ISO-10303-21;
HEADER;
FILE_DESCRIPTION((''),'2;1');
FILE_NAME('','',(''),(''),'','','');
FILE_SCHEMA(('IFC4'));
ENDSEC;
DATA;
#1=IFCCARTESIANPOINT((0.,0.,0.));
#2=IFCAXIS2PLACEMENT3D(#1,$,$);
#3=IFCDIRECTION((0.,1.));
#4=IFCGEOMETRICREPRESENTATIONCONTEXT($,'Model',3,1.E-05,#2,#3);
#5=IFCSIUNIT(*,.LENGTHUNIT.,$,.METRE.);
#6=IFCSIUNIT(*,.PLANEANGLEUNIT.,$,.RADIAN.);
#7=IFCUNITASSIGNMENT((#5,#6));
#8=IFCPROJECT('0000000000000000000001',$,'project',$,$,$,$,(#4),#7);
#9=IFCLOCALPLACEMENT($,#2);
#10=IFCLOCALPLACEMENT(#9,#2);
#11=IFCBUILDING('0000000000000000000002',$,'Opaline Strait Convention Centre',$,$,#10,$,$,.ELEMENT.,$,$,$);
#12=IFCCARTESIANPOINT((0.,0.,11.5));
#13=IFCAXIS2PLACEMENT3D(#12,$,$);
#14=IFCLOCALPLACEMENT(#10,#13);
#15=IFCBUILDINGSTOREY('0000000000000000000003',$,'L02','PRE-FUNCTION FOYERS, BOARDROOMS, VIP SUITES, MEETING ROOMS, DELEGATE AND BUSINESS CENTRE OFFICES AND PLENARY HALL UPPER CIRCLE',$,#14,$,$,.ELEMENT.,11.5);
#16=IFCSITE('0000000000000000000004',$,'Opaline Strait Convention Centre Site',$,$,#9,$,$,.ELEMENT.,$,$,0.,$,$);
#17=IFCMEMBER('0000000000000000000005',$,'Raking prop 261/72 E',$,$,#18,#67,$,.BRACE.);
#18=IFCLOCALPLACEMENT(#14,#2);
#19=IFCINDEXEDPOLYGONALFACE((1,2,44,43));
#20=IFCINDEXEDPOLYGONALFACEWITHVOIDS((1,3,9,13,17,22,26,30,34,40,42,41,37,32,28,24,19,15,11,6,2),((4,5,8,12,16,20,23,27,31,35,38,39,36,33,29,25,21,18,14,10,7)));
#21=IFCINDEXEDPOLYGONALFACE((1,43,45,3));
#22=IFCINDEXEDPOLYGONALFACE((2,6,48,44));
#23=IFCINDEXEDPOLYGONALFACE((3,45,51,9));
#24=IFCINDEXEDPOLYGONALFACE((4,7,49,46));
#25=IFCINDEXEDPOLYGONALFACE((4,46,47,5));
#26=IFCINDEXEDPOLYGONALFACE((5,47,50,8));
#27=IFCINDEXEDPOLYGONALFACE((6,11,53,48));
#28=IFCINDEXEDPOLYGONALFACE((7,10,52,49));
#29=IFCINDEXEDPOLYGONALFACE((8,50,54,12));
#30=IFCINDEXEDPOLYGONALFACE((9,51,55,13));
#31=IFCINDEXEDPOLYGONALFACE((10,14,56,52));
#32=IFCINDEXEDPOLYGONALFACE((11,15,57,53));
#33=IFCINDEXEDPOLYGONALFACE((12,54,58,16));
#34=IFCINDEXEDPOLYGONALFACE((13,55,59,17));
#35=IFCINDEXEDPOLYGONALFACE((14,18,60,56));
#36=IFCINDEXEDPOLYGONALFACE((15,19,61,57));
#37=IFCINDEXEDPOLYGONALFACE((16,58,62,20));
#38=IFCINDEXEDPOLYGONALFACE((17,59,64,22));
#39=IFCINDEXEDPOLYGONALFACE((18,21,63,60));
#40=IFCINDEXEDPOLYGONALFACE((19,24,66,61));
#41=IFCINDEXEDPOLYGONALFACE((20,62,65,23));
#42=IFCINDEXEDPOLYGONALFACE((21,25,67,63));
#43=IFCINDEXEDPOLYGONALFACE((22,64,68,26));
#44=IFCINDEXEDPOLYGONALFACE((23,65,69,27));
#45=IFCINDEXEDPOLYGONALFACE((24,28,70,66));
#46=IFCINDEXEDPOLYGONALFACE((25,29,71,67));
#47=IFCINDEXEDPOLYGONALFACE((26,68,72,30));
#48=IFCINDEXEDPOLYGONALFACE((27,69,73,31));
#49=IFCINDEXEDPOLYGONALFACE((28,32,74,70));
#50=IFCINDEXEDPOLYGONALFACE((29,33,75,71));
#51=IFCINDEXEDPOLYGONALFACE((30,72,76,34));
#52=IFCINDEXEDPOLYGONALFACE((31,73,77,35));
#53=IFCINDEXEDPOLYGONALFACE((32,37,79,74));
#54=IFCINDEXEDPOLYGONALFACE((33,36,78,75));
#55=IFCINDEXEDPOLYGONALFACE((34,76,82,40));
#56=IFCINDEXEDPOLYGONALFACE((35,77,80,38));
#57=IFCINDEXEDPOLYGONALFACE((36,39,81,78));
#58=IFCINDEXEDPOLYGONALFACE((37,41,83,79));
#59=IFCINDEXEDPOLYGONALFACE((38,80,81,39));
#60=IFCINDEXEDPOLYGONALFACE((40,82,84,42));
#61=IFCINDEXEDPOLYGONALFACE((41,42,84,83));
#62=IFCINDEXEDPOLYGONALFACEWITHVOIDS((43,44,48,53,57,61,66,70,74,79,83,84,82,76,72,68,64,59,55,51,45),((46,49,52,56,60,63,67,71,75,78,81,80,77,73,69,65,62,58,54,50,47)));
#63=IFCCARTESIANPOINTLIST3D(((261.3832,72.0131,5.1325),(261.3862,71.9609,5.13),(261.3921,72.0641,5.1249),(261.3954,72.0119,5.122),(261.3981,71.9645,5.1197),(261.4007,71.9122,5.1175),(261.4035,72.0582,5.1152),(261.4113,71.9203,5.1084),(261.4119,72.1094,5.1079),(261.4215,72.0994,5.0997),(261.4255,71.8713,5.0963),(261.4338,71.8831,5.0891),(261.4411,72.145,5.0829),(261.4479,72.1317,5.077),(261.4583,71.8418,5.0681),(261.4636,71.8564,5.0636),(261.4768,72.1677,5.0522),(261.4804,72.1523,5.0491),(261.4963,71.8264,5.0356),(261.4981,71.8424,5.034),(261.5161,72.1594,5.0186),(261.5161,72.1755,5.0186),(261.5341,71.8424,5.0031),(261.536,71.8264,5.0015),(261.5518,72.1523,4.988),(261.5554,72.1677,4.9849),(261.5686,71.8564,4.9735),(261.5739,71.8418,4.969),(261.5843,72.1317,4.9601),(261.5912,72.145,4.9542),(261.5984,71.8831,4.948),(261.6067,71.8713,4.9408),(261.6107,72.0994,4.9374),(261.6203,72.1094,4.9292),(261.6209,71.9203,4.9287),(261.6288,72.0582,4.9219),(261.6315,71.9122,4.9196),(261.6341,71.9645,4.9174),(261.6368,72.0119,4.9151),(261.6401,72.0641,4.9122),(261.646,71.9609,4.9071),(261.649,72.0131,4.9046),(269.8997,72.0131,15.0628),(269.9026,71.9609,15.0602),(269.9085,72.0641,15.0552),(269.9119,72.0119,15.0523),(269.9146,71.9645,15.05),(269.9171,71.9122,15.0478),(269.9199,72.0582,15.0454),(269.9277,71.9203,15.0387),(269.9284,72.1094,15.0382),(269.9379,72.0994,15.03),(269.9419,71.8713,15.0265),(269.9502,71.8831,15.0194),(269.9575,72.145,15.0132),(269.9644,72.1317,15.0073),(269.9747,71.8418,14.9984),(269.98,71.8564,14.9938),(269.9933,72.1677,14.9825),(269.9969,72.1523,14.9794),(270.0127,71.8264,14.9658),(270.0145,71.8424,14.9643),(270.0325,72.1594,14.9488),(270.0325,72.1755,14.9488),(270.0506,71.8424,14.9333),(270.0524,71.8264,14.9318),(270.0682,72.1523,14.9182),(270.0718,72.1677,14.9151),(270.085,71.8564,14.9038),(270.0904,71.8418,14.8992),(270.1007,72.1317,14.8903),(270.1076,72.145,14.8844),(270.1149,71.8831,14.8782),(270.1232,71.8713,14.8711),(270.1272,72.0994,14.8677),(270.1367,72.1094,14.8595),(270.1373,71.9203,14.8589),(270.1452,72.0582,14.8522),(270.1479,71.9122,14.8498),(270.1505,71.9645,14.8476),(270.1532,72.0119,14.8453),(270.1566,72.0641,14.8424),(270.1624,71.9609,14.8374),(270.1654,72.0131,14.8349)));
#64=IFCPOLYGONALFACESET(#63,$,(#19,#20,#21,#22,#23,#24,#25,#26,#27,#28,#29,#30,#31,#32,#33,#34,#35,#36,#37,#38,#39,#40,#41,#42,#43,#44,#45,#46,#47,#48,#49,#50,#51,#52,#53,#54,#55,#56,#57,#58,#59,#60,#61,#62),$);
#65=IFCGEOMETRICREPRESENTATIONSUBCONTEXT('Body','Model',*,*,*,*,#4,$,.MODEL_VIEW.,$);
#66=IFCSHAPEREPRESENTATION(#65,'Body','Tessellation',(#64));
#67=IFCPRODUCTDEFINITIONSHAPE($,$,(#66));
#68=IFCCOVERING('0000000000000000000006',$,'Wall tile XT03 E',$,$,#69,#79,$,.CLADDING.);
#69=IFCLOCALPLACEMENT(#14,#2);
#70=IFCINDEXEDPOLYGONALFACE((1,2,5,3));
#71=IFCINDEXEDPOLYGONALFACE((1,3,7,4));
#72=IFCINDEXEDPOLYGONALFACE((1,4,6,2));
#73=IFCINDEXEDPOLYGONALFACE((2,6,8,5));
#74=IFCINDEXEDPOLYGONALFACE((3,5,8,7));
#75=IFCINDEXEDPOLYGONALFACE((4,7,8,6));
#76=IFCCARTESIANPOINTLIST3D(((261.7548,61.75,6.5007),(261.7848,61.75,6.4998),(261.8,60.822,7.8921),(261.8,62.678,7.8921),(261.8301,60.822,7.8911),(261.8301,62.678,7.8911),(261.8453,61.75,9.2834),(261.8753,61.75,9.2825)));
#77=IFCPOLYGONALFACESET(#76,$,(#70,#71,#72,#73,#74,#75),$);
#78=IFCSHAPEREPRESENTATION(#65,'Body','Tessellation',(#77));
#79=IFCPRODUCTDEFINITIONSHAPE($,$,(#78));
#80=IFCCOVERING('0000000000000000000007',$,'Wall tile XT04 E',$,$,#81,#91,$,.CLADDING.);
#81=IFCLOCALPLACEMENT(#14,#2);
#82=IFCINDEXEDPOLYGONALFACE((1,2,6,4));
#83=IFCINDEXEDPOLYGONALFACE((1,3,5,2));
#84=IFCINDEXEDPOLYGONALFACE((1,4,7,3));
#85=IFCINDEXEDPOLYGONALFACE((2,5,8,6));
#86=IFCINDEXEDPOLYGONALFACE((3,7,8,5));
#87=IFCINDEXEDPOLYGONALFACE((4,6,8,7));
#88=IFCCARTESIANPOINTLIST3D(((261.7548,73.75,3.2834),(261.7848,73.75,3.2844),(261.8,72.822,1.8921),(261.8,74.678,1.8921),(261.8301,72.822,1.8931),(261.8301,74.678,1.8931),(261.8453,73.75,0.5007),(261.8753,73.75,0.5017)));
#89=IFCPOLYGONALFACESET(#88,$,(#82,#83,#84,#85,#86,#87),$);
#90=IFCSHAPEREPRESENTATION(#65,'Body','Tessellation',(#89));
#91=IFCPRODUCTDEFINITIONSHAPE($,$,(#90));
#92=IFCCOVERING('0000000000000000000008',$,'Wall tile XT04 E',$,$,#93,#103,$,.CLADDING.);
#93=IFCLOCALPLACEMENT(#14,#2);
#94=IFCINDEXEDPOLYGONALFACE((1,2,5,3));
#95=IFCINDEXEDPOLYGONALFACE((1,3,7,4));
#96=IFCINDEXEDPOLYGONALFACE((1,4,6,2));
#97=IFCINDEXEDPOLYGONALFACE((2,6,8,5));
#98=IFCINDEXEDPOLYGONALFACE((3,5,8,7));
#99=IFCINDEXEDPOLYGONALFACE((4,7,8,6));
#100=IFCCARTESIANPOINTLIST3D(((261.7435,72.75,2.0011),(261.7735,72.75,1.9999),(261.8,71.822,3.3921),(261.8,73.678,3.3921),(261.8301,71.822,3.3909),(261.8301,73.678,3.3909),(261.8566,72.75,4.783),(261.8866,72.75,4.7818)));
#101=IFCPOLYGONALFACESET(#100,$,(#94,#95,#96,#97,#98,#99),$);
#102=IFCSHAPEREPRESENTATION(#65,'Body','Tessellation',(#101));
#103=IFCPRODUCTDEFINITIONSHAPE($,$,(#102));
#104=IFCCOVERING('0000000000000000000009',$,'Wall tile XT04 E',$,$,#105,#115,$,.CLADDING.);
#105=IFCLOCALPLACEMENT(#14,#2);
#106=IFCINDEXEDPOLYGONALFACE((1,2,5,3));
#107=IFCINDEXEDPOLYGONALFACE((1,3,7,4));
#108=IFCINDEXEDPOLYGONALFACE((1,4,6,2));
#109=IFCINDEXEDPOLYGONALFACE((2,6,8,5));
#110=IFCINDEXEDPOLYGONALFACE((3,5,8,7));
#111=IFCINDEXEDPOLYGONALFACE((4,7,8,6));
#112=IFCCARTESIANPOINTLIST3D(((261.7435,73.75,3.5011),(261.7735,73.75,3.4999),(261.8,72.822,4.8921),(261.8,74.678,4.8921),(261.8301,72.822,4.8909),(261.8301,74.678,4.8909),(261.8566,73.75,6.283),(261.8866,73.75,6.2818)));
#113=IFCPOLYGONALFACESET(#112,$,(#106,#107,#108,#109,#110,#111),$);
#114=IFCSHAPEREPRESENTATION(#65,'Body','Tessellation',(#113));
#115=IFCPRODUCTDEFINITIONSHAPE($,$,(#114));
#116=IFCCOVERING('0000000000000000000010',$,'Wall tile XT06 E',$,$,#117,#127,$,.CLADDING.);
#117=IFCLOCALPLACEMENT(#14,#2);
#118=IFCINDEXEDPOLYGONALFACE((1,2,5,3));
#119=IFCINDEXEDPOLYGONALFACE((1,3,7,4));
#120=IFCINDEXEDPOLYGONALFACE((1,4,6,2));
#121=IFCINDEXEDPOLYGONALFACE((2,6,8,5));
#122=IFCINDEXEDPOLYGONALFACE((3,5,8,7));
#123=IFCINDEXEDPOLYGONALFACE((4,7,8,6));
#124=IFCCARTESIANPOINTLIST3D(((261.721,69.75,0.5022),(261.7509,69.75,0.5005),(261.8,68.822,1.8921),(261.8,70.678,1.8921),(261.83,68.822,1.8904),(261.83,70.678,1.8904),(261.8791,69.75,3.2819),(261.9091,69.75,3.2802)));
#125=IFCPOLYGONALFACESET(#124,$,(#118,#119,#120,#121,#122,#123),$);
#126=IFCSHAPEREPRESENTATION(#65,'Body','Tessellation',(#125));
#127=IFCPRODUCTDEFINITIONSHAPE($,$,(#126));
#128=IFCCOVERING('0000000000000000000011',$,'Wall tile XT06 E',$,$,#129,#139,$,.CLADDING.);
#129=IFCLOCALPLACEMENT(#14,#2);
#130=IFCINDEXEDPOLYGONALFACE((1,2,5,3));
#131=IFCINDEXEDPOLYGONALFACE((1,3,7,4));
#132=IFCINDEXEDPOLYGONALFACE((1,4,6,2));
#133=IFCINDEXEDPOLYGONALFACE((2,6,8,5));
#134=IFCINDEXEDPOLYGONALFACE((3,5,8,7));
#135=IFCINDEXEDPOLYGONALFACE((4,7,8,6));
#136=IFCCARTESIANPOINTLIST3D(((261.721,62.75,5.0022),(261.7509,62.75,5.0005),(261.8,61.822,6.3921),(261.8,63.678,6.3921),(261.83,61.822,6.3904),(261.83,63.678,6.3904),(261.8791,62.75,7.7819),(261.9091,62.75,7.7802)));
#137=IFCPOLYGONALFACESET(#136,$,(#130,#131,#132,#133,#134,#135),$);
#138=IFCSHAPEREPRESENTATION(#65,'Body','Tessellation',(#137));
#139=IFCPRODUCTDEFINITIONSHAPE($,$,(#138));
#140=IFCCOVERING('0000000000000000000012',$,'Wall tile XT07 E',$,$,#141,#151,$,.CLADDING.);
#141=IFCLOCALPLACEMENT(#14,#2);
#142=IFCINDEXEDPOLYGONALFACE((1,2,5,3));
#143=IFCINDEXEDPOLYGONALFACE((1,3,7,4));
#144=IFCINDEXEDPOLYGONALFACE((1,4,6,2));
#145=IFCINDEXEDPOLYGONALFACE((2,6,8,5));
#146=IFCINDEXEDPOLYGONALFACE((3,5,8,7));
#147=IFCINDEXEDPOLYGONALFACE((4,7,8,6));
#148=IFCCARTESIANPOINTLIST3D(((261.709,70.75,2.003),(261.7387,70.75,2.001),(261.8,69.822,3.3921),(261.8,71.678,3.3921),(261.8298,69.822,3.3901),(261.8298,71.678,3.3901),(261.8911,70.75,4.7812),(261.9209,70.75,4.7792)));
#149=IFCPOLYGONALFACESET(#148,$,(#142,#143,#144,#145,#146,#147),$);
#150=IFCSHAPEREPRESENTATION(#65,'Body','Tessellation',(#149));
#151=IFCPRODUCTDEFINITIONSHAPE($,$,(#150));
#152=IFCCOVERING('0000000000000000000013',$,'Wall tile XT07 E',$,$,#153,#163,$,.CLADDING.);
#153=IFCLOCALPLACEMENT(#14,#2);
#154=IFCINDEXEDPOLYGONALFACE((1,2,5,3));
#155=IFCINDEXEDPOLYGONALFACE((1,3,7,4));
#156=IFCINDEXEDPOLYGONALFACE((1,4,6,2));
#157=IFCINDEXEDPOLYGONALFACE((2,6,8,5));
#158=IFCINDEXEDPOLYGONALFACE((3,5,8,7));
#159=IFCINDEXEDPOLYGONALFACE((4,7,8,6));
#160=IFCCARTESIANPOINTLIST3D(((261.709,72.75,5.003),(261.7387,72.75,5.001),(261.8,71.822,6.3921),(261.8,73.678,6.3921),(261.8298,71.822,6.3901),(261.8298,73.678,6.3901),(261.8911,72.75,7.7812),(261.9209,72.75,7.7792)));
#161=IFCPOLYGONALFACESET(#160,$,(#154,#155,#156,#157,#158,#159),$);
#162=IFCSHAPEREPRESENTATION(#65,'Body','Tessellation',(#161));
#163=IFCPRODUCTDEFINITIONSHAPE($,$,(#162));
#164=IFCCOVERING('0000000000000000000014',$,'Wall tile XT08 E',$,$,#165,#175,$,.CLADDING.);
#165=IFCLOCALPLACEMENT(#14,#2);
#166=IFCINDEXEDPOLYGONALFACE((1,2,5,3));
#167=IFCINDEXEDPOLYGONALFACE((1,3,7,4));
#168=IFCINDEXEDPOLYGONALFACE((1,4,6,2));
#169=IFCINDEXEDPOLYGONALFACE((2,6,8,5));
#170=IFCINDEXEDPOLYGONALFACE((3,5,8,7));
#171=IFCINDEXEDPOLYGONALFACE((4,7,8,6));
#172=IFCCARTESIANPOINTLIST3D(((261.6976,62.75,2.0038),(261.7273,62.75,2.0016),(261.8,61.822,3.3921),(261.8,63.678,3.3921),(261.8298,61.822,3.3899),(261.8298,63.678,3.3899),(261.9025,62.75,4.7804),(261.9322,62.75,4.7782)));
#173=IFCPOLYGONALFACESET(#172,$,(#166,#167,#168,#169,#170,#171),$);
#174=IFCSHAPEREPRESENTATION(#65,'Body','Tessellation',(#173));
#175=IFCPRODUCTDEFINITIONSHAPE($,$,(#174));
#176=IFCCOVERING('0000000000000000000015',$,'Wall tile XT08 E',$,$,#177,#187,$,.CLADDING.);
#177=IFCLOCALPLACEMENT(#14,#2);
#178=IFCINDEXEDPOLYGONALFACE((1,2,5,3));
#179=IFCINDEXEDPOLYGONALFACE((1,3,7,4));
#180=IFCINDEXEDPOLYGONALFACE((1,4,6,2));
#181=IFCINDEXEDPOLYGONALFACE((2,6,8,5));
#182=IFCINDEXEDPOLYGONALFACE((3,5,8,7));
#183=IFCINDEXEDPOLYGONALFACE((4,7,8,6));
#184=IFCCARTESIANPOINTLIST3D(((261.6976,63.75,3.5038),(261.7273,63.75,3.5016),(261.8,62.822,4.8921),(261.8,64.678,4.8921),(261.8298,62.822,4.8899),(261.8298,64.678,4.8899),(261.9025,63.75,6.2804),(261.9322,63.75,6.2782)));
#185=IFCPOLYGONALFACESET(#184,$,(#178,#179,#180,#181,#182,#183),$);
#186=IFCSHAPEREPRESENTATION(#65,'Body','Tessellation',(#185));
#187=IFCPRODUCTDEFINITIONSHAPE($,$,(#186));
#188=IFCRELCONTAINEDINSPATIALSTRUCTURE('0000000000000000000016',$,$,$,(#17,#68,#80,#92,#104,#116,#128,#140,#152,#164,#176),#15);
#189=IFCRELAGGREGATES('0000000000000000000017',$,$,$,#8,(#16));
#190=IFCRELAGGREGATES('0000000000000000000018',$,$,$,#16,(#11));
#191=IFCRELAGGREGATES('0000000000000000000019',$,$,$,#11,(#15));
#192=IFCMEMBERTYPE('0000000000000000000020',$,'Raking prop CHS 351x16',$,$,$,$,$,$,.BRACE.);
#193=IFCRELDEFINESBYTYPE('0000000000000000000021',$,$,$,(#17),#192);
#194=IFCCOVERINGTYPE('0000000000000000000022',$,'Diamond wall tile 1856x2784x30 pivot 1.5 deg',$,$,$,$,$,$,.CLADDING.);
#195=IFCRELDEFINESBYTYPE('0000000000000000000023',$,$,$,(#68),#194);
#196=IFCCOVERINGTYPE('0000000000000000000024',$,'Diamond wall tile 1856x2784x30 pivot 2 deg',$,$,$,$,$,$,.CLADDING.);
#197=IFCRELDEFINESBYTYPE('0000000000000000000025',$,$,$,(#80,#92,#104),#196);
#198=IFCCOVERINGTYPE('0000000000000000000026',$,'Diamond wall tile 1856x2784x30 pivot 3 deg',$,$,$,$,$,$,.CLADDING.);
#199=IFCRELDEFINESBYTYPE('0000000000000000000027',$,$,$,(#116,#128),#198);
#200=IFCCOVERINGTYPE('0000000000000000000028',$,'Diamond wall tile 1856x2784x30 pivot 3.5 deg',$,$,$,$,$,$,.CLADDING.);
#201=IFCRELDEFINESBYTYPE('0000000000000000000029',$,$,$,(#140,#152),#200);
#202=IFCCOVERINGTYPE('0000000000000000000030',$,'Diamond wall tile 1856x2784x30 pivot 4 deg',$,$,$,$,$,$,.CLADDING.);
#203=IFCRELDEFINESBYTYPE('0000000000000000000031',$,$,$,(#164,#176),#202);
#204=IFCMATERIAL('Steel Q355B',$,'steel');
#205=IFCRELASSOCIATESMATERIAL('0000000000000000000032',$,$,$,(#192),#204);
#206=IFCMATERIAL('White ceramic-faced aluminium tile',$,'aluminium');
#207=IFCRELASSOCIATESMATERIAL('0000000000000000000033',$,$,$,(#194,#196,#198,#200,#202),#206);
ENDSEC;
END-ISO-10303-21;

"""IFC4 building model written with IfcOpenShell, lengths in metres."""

from ifc_helpers import new_model, si_unit, direction, frame, origin, origin_2d, place, context, subcontext, project, spatial, polyline, hollow_circle, outline, extrude, material, material_profile, profile_set, type_object, element, save


model = new_model("IFC4")

# Units and contexts
model_context = context("Model", 3, precision=1e-05, world=origin(), true_north=direction((0.0, 1.0)))
body_context = subcontext(model_context, "Body", "Model", "MODEL_VIEW")
ifc_project = project(units=[si_unit("LENGTHUNIT", "METRE"), si_unit("PLANEANGLEUNIT", "RADIAN")], contexts=[model_context])

# Site, building, storey
site_placement = place(None, origin())
site = spatial("IfcSite", under=ifc_project, at=site_placement, Name="Opaline Strait Convention Centre Site", CompositionType="ELEMENT", RefElevation=0.0)
building_placement = place(site_placement, origin())
building = spatial("IfcBuilding", under=site, at=building_placement, Name="Opaline Strait Convention Centre", CompositionType="ELEMENT")
storey_placement = place(building_placement, frame((0.0, 0.0, 11.5)))
storey = spatial("IfcBuildingStorey", under=building, at=storey_placement, Name="L02", Description="PRE-FUNCTION FOYERS, BOARDROOMS, VIP SUITES, MEETING ROOMS, DELEGATE AND BUSINESS CENTRE OFFICES AND PLENARY HALL UPPER CIRCLE", CompositionType="ELEMENT", Elevation=11.5)

# Member
ifc_material_1 = material(Name="Steel Q355B", Category="steel")
ifc_material_profile_1 = material_profile(ifc_material_1, hollow_circle(Radius=0.1755, WallThickness=0.0161, at=origin_2d()), Name="CHS 351x16")
ifc_profile_set_1 = profile_set([ifc_material_profile_1], Name="Steel Q355B")
member_type = type_object("IfcMemberType", Name="Raking prop CHS 351x16", PredefinedType="BRACE", material=ifc_profile_set_1)
member_placement = place(storey_placement, frame((261.5161, 72.0, 5.0186), z_axis=(0.651002, 0.0, 0.759076), x_axis=(0.0, 1.0, 0.0)))
element("IfcMember", 1, at=member_placement, inside=storey, type_object=member_type, Name="Raking prop 261/72 E", PredefinedType="BRACE", context=body_context, shape_type="SweptSolid", body=[
    extrude(hollow_circle(Radius=0.1755, WallThickness=0.0161, at=origin_2d()), origin(), (0.0, 0.0, 1.0), 13.082),
])

# Coverings
ifc_material_2 = material(Name="White ceramic-faced aluminium tile", Category="aluminium")
ifc_material_profile_2 = material_profile(ifc_material_2, outline(polyline([(0.928, 0.0), (0.0, 1.3921), (-0.928, 0.0), (0.0, -1.3921), (0.928, 0.0)])), Name="Diamond tile 1856x2784")
ifc_profile_set_2 = profile_set([ifc_material_profile_2], Name="White ceramic-faced aluminium tile")
covering_type_1 = type_object("IfcCoveringType", Name="Diamond wall tile 1856x2784x30 pivot 1.5 deg", PredefinedType="CLADDING", material=ifc_profile_set_2)
covering_placement = place(storey_placement, frame((261.8, 61.75, 7.8921), z_axis=(0.999472, 0.0, -0.032503), x_axis=(0.0, 1.0, 0.0)))
element("IfcCovering", 2, at=covering_placement, inside=storey, type_object=covering_type_1, Name="Wall tile XT03 E", PredefinedType="CLADDING", context=body_context, shape_type="SweptSolid", body=[
    extrude(outline(polyline([(0.928, 0.0), (0.0, 1.3921), (-0.928, 0.0), (0.0, -1.3921), (0.928, 0.0)])), origin(), (0.0, 0.0, 1.0), 0.03),
])
ifc_material_profile_3 = material_profile(ifc_material_2, outline(polyline([(0.928, 0.0), (0.0, 1.3921), (-0.928, 0.0), (0.0, -1.3921), (0.928, 0.0)])), Name="Diamond tile 1856x2784")
ifc_profile_set_3 = profile_set([ifc_material_profile_3], Name="White ceramic-faced aluminium tile")
covering_type_2 = type_object("IfcCoveringType", Name="Diamond wall tile 1856x2784x30 pivot 2 deg", PredefinedType="CLADDING", material=ifc_profile_set_3)
for number, where, z_axis, x_axis, name in (
    (3, (261.8, 73.75, 1.8921), (0.999472, 0.0, 0.032503), (0.0, 1.0, 0.0), "Wall tile XT04 E"),
    (4, (261.8, 72.75, 3.3921), (0.999175, 0.0, -0.040617), (0.0, 1.0, 0.0), "Wall tile XT04 E"),
    (5, (261.8, 73.75, 4.8921), (0.999175, 0.0, -0.040617), (0.0, 1.0, 0.0), "Wall tile XT04 E"),
):
    element("IfcCovering", number, at=place(storey_placement, frame(where, z_axis=z_axis, x_axis=x_axis)), inside=storey, type_object=covering_type_2, Name=name, PredefinedType="CLADDING", context=body_context, shape_type="SweptSolid", body=[
        extrude(outline(polyline([(0.928, 0.0), (0.0, 1.3921), (-0.928, 0.0), (0.0, -1.3921), (0.928, 0.0)])), origin(), (0.0, 0.0, 1.0), 0.03),
    ])
ifc_material_profile_4 = material_profile(ifc_material_2, outline(polyline([(0.928, 0.0), (0.0, 1.3921), (-0.928, 0.0), (0.0, -1.3921), (0.928, 0.0)])), Name="Diamond tile 1856x2784")
ifc_profile_set_4 = profile_set([ifc_material_profile_4], Name="White ceramic-faced aluminium tile")
covering_type_3 = type_object("IfcCoveringType", Name="Diamond wall tile 1856x2784x30 pivot 3 deg", PredefinedType="CLADDING", material=ifc_profile_set_4)
for number, where, z_axis, x_axis, name in (
    (6, (261.8, 69.75, 1.8921), (0.998385, 0.0, -0.056819), (0.0, 1.0, 0.0), "Wall tile XT06 E"),
    (7, (261.8, 62.75, 6.3921), (0.998385, 0.0, -0.056819), (0.0, 1.0, 0.0), "Wall tile XT06 E"),
):
    element("IfcCovering", number, at=place(storey_placement, frame(where, z_axis=z_axis, x_axis=x_axis)), inside=storey, type_object=covering_type_3, Name=name, PredefinedType="CLADDING", context=body_context, shape_type="SweptSolid", body=[
        extrude(outline(polyline([(0.928, 0.0), (0.0, 1.3921), (-0.928, 0.0), (0.0, -1.3921), (0.928, 0.0)])), origin(), (0.0, 0.0, 1.0), 0.03),
    ])
ifc_material_profile_5 = material_profile(ifc_material_2, outline(polyline([(0.928, 0.0), (0.0, 1.3921), (-0.928, 0.0), (0.0, -1.3921), (0.928, 0.0)])), Name="Diamond tile 1856x2784")
ifc_profile_set_5 = profile_set([ifc_material_profile_5], Name="White ceramic-faced aluminium tile")
covering_type_4 = type_object("IfcCoveringType", Name="Diamond wall tile 1856x2784x30 pivot 3.5 deg", PredefinedType="CLADDING", material=ifc_profile_set_5)
for number, where, z_axis, x_axis, name in (
    (8, (261.8, 70.75, 3.3921), (0.997857, 0.0, -0.065433), (0.0, 1.0, 0.0), "Wall tile XT07 E"),
    (9, (261.8, 72.75, 6.3921), (0.997857, 0.0, -0.065433), (0.0, 1.0, 0.0), "Wall tile XT07 E"),
):
    element("IfcCovering", number, at=place(storey_placement, frame(where, z_axis=z_axis, x_axis=x_axis)), inside=storey, type_object=covering_type_4, Name=name, PredefinedType="CLADDING", context=body_context, shape_type="SweptSolid", body=[
        extrude(outline(polyline([(0.928, 0.0), (0.0, 1.3921), (-0.928, 0.0), (0.0, -1.3921), (0.928, 0.0)])), origin(), (0.0, 0.0, 1.0), 0.0298),
    ])
ifc_material_profile_6 = material_profile(ifc_material_2, outline(polyline([(0.928, 0.0), (0.0, 1.3921), (-0.928, 0.0), (0.0, -1.3921), (0.928, 0.0)])), Name="Diamond tile 1856x2784")
ifc_profile_set_6 = profile_set([ifc_material_profile_6], Name="White ceramic-faced aluminium tile")
covering_type_5 = type_object("IfcCoveringType", Name="Diamond wall tile 1856x2784x30 pivot 4 deg", PredefinedType="CLADDING", material=ifc_profile_set_6)
for number, where, z_axis, x_axis, name in (
    (10, (261.8, 62.75, 3.3921), (0.99729, 0.0, -0.073571), (0.0, 1.0, 0.0), "Wall tile XT08 E"),
    (11, (261.8, 63.75, 4.8921), (0.99729, 0.0, -0.073571), (0.0, 1.0, 0.0), "Wall tile XT08 E"),
):
    element("IfcCovering", number, at=place(storey_placement, frame(where, z_axis=z_axis, x_axis=x_axis)), inside=storey, type_object=covering_type_5, Name=name, PredefinedType="CLADDING", context=body_context, shape_type="SweptSolid", body=[
        extrude(outline(polyline([(0.928, 0.0), (0.0, 1.3921), (-0.928, 0.0), (0.0, -1.3921), (0.928, 0.0)])), origin(), (0.0, 0.0, 1.0), 0.0298),
    ])

save(model, "model.ifc")
